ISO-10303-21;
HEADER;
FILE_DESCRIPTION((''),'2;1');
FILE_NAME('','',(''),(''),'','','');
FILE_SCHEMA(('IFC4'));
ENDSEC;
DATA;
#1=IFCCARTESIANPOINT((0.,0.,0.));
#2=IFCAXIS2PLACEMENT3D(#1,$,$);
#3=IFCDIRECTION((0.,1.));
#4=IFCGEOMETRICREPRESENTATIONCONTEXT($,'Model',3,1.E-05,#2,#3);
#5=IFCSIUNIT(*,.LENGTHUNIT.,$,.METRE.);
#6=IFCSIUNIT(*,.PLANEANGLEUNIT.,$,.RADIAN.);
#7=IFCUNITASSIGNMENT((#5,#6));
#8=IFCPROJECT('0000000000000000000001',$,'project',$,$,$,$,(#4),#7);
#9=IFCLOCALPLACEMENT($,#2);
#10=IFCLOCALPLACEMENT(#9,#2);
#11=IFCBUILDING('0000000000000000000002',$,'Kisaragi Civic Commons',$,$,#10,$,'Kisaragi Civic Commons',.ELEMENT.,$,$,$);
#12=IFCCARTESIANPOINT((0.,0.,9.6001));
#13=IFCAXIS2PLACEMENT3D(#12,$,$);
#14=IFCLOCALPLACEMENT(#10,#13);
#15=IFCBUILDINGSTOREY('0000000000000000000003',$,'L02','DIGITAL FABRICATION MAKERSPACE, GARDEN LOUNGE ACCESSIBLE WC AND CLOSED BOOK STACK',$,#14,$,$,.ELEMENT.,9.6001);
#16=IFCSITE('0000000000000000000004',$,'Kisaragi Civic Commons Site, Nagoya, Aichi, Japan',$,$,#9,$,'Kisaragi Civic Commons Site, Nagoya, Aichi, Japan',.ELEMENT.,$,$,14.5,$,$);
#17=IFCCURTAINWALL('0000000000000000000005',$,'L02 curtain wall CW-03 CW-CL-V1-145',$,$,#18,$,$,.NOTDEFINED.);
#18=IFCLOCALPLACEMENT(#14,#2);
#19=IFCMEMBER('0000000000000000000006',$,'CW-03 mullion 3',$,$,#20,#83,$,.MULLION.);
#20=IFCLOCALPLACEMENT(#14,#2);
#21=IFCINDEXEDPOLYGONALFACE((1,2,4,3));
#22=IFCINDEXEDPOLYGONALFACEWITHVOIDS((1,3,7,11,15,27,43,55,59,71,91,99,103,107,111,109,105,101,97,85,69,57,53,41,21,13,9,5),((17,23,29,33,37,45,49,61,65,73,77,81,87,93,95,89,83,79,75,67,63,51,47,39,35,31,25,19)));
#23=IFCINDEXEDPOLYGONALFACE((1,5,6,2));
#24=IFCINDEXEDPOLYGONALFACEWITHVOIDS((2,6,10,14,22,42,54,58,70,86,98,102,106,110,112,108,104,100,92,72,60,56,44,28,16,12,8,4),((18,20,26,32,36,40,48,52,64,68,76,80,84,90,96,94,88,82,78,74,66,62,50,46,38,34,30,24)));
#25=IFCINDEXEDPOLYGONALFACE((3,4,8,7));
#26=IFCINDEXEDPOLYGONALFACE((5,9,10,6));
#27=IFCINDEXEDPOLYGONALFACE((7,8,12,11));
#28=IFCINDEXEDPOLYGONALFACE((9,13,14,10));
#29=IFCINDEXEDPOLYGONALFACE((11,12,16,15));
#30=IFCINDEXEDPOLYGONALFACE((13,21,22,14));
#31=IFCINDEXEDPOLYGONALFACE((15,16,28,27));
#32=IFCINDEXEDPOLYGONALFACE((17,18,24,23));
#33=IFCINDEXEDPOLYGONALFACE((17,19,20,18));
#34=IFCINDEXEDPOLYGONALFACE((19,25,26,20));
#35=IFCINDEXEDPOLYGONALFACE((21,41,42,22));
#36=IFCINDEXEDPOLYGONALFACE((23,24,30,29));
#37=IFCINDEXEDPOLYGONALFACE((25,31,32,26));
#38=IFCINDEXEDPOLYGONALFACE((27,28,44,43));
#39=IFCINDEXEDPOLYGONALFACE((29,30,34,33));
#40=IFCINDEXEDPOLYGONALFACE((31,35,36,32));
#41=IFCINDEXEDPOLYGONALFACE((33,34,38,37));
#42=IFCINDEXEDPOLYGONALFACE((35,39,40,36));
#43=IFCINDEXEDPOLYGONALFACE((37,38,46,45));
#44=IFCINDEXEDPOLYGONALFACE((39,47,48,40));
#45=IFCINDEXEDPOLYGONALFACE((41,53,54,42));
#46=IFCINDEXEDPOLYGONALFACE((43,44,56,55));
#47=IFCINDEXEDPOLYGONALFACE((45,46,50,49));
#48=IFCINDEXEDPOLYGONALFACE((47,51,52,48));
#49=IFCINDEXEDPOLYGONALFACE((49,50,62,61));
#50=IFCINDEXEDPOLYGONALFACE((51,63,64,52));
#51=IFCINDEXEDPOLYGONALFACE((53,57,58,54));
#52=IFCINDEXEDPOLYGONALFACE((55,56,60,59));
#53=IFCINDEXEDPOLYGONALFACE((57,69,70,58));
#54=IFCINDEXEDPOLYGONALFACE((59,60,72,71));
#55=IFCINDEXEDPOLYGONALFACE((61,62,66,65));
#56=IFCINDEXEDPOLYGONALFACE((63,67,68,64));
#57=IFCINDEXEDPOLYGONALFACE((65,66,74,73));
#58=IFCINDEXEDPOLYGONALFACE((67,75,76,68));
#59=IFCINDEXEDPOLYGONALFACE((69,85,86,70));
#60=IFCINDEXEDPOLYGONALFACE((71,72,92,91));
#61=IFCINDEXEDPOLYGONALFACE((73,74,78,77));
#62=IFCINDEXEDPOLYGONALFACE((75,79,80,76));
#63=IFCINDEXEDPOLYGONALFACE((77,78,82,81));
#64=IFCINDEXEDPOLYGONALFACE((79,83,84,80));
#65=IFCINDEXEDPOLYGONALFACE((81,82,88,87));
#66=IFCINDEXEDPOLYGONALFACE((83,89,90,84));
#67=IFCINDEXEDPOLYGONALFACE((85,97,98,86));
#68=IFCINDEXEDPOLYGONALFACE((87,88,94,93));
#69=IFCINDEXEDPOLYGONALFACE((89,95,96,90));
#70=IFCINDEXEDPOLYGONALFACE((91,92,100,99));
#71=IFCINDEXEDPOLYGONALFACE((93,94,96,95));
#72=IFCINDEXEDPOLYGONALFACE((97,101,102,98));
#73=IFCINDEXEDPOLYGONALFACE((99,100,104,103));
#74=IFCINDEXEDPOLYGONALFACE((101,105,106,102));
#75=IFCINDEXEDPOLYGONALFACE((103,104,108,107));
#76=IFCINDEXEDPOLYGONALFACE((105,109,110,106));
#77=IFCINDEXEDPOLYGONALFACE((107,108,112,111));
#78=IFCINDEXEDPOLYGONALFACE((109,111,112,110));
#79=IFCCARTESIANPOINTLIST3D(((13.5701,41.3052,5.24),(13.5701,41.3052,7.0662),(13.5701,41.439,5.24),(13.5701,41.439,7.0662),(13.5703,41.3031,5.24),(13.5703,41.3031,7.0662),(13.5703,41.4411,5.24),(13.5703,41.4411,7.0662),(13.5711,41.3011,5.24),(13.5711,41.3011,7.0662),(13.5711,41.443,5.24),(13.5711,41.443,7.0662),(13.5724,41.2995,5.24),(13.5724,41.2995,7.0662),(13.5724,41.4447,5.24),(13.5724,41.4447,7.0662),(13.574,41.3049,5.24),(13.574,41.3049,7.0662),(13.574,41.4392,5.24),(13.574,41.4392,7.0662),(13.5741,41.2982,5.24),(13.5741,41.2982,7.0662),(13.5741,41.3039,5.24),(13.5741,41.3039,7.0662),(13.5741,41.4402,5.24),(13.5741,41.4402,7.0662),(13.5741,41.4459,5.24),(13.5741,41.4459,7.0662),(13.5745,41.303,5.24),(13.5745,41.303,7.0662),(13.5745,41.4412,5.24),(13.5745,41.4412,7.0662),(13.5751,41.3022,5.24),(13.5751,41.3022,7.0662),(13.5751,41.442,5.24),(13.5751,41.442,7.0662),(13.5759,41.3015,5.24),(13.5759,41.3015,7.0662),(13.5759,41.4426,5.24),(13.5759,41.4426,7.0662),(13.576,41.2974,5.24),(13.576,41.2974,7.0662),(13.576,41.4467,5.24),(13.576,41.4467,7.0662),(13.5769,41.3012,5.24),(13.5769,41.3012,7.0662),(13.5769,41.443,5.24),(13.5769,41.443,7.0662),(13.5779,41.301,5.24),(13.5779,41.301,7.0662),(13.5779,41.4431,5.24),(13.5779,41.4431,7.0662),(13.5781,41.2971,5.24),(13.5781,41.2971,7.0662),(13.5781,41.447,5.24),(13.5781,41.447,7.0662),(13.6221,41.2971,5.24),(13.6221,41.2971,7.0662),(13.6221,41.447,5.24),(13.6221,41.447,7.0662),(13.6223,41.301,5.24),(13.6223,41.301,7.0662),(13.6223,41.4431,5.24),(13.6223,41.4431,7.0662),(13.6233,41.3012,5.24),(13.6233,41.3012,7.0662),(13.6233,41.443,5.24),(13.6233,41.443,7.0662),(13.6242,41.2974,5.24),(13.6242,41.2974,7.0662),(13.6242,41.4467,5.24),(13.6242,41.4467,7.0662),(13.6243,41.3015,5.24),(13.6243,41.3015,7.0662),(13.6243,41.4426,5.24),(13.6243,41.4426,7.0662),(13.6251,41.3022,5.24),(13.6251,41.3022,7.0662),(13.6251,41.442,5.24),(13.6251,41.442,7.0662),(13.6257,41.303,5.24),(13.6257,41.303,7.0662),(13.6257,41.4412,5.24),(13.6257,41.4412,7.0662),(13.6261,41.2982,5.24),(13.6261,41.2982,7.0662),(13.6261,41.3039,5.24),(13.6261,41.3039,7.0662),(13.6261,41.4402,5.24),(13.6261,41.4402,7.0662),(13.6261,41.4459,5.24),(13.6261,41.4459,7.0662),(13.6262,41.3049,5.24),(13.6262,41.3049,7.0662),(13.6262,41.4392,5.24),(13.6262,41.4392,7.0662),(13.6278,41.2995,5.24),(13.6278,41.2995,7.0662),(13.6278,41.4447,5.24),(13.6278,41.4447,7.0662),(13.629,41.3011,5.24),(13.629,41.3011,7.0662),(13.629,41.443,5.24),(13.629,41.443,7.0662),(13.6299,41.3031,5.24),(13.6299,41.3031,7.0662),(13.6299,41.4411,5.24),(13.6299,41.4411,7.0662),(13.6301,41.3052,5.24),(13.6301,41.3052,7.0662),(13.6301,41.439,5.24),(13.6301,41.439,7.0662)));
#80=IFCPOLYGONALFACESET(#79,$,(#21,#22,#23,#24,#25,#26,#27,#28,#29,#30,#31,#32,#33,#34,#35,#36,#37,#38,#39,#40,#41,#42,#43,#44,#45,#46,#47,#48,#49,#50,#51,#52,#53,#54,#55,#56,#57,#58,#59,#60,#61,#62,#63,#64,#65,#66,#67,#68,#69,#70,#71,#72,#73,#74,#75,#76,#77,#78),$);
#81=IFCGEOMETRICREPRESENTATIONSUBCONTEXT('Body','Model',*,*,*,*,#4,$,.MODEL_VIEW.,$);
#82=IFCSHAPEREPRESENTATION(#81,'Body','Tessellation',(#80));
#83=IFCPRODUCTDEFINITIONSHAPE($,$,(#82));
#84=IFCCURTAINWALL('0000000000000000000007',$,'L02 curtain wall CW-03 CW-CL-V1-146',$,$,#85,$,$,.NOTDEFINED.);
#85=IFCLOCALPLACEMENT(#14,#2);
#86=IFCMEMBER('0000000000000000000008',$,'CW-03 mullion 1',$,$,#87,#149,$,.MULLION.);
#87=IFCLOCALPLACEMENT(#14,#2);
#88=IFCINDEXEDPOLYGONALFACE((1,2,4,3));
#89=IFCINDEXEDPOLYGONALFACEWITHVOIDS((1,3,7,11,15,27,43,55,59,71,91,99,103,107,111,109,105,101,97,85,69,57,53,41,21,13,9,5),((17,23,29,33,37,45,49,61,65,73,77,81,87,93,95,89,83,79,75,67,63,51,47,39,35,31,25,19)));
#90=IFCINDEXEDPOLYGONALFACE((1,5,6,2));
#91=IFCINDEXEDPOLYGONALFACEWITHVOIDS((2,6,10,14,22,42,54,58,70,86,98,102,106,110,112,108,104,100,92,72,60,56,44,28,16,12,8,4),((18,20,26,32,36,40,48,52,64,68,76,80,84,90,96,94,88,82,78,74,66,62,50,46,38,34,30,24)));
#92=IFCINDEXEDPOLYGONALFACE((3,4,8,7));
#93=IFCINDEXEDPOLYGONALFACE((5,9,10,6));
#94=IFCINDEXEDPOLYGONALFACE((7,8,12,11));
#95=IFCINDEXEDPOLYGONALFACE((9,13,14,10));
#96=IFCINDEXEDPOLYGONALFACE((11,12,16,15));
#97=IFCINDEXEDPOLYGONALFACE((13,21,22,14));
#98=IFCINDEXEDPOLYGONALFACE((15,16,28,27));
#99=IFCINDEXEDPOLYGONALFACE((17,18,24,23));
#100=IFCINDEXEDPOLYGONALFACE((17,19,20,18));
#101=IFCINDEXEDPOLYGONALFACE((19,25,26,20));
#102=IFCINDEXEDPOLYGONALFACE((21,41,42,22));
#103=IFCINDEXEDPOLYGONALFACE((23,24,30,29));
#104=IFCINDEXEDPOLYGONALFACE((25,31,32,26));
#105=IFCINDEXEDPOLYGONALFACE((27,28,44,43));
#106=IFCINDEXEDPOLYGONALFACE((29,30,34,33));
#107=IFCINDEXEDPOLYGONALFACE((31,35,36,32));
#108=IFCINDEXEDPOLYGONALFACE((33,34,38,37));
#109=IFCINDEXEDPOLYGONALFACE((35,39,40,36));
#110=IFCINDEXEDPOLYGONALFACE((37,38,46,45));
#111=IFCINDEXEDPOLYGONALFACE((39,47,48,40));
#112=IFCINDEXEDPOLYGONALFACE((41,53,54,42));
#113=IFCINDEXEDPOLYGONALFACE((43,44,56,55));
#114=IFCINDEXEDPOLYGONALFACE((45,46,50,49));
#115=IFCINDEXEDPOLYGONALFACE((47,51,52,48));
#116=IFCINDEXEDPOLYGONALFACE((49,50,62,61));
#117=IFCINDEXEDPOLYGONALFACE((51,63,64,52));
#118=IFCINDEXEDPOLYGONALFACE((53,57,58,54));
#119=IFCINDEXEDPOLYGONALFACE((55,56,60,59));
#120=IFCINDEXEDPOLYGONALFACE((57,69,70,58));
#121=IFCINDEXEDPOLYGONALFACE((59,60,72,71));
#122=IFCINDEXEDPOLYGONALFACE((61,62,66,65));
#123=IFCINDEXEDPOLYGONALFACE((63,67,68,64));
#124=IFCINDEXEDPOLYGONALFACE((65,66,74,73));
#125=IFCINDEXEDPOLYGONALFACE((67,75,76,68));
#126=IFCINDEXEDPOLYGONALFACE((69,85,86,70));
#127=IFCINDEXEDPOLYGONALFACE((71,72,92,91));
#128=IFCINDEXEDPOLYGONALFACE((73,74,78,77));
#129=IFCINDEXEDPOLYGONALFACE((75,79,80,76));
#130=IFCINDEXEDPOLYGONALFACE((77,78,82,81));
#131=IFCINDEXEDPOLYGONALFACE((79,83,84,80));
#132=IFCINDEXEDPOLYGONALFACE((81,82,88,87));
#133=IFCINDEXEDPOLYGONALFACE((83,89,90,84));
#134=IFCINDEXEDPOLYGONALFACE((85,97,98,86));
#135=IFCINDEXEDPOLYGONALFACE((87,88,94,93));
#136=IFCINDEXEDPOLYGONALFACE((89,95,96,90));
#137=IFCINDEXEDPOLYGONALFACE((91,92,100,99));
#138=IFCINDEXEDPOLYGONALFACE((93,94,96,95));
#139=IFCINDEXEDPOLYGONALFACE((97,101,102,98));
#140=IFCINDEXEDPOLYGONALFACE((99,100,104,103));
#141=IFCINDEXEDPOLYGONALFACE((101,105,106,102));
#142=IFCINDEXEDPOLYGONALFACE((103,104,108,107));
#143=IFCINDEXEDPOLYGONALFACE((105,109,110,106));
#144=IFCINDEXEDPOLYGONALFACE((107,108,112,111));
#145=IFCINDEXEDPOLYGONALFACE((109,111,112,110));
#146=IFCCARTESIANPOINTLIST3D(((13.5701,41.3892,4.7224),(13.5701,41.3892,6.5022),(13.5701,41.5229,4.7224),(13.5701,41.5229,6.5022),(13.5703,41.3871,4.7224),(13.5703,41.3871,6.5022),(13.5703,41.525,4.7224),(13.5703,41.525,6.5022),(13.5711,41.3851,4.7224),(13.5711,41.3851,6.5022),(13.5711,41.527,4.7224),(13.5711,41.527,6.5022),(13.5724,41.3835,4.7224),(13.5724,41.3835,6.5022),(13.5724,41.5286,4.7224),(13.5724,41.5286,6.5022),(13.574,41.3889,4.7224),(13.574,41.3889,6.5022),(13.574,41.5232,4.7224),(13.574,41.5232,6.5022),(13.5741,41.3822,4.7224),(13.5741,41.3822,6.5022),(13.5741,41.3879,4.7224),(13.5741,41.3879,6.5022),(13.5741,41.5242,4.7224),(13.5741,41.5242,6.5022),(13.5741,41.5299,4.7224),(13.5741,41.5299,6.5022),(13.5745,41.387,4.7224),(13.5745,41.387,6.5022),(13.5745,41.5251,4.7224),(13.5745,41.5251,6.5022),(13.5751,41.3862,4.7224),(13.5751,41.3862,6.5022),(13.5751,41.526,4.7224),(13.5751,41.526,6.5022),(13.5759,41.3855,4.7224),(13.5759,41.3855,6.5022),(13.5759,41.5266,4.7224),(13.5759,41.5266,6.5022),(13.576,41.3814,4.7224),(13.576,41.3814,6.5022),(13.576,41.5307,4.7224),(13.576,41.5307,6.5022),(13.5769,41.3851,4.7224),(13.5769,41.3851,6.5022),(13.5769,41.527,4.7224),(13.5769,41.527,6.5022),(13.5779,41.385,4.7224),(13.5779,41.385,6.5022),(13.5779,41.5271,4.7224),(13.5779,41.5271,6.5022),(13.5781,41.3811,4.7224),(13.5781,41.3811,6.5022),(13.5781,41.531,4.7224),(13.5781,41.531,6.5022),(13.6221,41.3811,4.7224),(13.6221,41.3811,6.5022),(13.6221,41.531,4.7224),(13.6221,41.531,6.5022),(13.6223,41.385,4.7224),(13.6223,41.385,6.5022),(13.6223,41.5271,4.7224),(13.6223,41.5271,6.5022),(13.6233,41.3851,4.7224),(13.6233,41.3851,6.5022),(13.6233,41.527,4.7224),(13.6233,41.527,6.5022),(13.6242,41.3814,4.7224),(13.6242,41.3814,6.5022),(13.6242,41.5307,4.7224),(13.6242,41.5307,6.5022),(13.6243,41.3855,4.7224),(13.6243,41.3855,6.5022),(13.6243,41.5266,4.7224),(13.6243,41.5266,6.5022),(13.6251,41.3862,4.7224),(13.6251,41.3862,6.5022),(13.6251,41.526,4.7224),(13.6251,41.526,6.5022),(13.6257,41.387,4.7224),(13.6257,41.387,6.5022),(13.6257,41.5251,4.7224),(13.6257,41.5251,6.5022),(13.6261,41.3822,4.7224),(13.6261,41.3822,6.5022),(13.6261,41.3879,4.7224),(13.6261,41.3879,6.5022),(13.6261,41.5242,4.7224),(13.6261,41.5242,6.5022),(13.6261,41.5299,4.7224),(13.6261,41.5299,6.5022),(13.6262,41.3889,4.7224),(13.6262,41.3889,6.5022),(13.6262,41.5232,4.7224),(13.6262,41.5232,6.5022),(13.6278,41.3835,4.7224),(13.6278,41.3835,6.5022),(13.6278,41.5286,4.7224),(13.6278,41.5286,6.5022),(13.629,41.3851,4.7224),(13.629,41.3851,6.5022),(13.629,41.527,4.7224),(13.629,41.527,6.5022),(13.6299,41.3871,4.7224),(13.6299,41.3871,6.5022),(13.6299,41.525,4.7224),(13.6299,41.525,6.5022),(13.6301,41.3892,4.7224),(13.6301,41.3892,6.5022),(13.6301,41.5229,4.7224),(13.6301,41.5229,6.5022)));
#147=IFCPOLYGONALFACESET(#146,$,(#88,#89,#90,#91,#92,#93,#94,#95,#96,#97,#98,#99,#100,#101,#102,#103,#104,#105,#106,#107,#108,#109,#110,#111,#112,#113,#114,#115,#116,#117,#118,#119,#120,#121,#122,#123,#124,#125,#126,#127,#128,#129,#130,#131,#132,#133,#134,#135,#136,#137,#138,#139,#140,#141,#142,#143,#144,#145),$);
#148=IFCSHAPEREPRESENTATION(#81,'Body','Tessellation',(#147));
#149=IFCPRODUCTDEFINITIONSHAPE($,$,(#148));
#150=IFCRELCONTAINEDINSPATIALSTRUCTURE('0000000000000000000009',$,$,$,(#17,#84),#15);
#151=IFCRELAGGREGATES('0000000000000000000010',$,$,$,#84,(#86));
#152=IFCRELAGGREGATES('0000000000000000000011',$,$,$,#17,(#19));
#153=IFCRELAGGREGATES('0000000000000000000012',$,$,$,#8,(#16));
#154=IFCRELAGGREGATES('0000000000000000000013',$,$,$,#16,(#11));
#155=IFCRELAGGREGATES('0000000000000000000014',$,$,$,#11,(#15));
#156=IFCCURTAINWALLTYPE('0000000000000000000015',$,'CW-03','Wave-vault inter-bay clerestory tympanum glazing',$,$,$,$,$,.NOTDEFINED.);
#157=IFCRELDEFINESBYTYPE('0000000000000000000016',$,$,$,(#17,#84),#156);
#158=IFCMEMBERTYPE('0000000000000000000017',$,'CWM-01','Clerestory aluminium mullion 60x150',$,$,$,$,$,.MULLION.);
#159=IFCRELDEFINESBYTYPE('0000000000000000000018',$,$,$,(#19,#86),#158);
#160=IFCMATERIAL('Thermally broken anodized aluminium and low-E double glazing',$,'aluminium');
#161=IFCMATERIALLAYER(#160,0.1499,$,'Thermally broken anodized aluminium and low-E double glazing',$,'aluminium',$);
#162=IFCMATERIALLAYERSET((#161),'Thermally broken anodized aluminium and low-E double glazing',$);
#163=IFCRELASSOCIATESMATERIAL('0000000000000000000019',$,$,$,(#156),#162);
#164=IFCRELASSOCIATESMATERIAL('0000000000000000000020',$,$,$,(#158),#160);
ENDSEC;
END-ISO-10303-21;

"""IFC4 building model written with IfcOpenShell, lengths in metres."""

from ifc_helpers import new_model, si_unit, direction, frame, origin, origin_2d, place, context, subcontext, project, spatial, hollow_rectangle, extrude, material, layer, layer_set, material_profile, profile_set, type_object, element, aggregate, save


model = new_model("IFC4")

# Units and contexts
model_context = context("Model", 3, precision=1e-05, world=origin(), true_north=direction((0.0, 1.0)))
body_context = subcontext(model_context, "Body", "Model", "MODEL_VIEW")
ifc_project = project(units=[si_unit("LENGTHUNIT", "METRE"), si_unit("PLANEANGLEUNIT", "RADIAN")], contexts=[model_context])

# Site, building, storey
site_placement = place(None, origin())
site = spatial("IfcSite", under=ifc_project, at=site_placement, Name="Kisaragi Civic Commons Site, Nagoya, Aichi, Japan", LongName="Kisaragi Civic Commons Site, Nagoya, Aichi, Japan", CompositionType="ELEMENT", RefElevation=14.5)
building_placement = place(site_placement, origin())
building = spatial("IfcBuilding", under=site, at=building_placement, Name="Kisaragi Civic Commons", LongName="Kisaragi Civic Commons", CompositionType="ELEMENT")
storey_placement = place(building_placement, frame((0.0, 0.0, 9.6001)))
storey = spatial("IfcBuildingStorey", under=building, at=storey_placement, Name="L02", Description="DIGITAL FABRICATION MAKERSPACE, GARDEN LOUNGE ACCESSIBLE WC AND CLOSED BOOK STACK", CompositionType="ELEMENT", Elevation=9.6001)

# Curtain wall, member
ifc_material_1 = material(Name="Thermally broken anodized aluminium and low-E double glazing", Category="aluminium")
ifc_layer_1 = layer(ifc_material_1, 0.1499, Name="Thermally broken anodized aluminium and low-E double glazing", Category="aluminium")
ifc_layer_set_1 = layer_set([ifc_layer_1], Name="Thermally broken anodized aluminium and low-E double glazing")
curtain_wall_type = type_object("IfcCurtainWallType", Name="CW-03", Description="Wave-vault inter-bay clerestory tympanum glazing", PredefinedType="NOTDEFINED", material=ifc_layer_set_1)
curtain_wall_1_placement = place(storey_placement, origin())
curtain_wall_1 = element("IfcCurtainWall", 1, at=curtain_wall_1_placement, inside=storey, type_object=curtain_wall_type, Name="L02 curtain wall CW-03 CW-CL-V1-145", PredefinedType="NOTDEFINED")
ifc_material_profile_1 = material_profile(ifc_material_1, hollow_rectangle(XDim=0.0601, YDim=0.1499, WallThickness=0.0039, InnerFilletRadius=0.0039, OuterFilletRadius=0.0081, at=origin_2d()), Name="CWM-60x150x4", Category="aluminium")
ifc_profile_set_1 = profile_set([ifc_material_profile_1], Name="Thermally broken anodized aluminium and low-E double glazing")
member_type_1 = type_object("IfcMemberType", Name="CWM-01", Description="Clerestory aluminium mullion 60x150", PredefinedType="MULLION", material=ifc_profile_set_1)
member_1_placement = place(storey_placement, frame((13.6001, 41.3721, 5.24), z_axis=(0.0, 0.0, 1.0), x_axis=(-1.0, 0.0, 0.0)))
member_1 = element("IfcMember", 2, at=member_1_placement, type_object=member_type_1, Name="CW-03 mullion 3", PredefinedType="MULLION", context=body_context, shape_type="SweptSolid", body=[
    extrude(hollow_rectangle(XDim=0.0601, YDim=0.1499, WallThickness=0.0039, InnerFilletRadius=0.0039, OuterFilletRadius=0.0081, at=origin_2d()), origin(), (0.0, 0.0, 1.0), 1.8262),
])

# Curtain wall, member
curtain_wall_2_placement = place(storey_placement, origin())
curtain_wall_2 = element("IfcCurtainWall", 3, at=curtain_wall_2_placement, inside=storey, type_object=curtain_wall_type, Name="L02 curtain wall CW-03 CW-CL-V1-146", PredefinedType="NOTDEFINED")
member_2_placement = place(storey_placement, frame((13.6001, 41.4561, 4.7224), z_axis=(0.0, 0.0, 1.0), x_axis=(-1.0, 0.0, 0.0)))
member_2 = element("IfcMember", 4, at=member_2_placement, type_object=member_type_1, Name="CW-03 mullion 1", PredefinedType="MULLION", context=body_context, shape_type="SweptSolid", body=[
    extrude(hollow_rectangle(XDim=0.0601, YDim=0.1499, WallThickness=0.0039, InnerFilletRadius=0.0039, OuterFilletRadius=0.0081, at=origin_2d()), origin(), (0.0, 0.0, 1.0), 1.7798),
])

aggregate(curtain_wall_2, [member_2])
aggregate(curtain_wall_1, [member_1])

save(model, "model.ifc")
